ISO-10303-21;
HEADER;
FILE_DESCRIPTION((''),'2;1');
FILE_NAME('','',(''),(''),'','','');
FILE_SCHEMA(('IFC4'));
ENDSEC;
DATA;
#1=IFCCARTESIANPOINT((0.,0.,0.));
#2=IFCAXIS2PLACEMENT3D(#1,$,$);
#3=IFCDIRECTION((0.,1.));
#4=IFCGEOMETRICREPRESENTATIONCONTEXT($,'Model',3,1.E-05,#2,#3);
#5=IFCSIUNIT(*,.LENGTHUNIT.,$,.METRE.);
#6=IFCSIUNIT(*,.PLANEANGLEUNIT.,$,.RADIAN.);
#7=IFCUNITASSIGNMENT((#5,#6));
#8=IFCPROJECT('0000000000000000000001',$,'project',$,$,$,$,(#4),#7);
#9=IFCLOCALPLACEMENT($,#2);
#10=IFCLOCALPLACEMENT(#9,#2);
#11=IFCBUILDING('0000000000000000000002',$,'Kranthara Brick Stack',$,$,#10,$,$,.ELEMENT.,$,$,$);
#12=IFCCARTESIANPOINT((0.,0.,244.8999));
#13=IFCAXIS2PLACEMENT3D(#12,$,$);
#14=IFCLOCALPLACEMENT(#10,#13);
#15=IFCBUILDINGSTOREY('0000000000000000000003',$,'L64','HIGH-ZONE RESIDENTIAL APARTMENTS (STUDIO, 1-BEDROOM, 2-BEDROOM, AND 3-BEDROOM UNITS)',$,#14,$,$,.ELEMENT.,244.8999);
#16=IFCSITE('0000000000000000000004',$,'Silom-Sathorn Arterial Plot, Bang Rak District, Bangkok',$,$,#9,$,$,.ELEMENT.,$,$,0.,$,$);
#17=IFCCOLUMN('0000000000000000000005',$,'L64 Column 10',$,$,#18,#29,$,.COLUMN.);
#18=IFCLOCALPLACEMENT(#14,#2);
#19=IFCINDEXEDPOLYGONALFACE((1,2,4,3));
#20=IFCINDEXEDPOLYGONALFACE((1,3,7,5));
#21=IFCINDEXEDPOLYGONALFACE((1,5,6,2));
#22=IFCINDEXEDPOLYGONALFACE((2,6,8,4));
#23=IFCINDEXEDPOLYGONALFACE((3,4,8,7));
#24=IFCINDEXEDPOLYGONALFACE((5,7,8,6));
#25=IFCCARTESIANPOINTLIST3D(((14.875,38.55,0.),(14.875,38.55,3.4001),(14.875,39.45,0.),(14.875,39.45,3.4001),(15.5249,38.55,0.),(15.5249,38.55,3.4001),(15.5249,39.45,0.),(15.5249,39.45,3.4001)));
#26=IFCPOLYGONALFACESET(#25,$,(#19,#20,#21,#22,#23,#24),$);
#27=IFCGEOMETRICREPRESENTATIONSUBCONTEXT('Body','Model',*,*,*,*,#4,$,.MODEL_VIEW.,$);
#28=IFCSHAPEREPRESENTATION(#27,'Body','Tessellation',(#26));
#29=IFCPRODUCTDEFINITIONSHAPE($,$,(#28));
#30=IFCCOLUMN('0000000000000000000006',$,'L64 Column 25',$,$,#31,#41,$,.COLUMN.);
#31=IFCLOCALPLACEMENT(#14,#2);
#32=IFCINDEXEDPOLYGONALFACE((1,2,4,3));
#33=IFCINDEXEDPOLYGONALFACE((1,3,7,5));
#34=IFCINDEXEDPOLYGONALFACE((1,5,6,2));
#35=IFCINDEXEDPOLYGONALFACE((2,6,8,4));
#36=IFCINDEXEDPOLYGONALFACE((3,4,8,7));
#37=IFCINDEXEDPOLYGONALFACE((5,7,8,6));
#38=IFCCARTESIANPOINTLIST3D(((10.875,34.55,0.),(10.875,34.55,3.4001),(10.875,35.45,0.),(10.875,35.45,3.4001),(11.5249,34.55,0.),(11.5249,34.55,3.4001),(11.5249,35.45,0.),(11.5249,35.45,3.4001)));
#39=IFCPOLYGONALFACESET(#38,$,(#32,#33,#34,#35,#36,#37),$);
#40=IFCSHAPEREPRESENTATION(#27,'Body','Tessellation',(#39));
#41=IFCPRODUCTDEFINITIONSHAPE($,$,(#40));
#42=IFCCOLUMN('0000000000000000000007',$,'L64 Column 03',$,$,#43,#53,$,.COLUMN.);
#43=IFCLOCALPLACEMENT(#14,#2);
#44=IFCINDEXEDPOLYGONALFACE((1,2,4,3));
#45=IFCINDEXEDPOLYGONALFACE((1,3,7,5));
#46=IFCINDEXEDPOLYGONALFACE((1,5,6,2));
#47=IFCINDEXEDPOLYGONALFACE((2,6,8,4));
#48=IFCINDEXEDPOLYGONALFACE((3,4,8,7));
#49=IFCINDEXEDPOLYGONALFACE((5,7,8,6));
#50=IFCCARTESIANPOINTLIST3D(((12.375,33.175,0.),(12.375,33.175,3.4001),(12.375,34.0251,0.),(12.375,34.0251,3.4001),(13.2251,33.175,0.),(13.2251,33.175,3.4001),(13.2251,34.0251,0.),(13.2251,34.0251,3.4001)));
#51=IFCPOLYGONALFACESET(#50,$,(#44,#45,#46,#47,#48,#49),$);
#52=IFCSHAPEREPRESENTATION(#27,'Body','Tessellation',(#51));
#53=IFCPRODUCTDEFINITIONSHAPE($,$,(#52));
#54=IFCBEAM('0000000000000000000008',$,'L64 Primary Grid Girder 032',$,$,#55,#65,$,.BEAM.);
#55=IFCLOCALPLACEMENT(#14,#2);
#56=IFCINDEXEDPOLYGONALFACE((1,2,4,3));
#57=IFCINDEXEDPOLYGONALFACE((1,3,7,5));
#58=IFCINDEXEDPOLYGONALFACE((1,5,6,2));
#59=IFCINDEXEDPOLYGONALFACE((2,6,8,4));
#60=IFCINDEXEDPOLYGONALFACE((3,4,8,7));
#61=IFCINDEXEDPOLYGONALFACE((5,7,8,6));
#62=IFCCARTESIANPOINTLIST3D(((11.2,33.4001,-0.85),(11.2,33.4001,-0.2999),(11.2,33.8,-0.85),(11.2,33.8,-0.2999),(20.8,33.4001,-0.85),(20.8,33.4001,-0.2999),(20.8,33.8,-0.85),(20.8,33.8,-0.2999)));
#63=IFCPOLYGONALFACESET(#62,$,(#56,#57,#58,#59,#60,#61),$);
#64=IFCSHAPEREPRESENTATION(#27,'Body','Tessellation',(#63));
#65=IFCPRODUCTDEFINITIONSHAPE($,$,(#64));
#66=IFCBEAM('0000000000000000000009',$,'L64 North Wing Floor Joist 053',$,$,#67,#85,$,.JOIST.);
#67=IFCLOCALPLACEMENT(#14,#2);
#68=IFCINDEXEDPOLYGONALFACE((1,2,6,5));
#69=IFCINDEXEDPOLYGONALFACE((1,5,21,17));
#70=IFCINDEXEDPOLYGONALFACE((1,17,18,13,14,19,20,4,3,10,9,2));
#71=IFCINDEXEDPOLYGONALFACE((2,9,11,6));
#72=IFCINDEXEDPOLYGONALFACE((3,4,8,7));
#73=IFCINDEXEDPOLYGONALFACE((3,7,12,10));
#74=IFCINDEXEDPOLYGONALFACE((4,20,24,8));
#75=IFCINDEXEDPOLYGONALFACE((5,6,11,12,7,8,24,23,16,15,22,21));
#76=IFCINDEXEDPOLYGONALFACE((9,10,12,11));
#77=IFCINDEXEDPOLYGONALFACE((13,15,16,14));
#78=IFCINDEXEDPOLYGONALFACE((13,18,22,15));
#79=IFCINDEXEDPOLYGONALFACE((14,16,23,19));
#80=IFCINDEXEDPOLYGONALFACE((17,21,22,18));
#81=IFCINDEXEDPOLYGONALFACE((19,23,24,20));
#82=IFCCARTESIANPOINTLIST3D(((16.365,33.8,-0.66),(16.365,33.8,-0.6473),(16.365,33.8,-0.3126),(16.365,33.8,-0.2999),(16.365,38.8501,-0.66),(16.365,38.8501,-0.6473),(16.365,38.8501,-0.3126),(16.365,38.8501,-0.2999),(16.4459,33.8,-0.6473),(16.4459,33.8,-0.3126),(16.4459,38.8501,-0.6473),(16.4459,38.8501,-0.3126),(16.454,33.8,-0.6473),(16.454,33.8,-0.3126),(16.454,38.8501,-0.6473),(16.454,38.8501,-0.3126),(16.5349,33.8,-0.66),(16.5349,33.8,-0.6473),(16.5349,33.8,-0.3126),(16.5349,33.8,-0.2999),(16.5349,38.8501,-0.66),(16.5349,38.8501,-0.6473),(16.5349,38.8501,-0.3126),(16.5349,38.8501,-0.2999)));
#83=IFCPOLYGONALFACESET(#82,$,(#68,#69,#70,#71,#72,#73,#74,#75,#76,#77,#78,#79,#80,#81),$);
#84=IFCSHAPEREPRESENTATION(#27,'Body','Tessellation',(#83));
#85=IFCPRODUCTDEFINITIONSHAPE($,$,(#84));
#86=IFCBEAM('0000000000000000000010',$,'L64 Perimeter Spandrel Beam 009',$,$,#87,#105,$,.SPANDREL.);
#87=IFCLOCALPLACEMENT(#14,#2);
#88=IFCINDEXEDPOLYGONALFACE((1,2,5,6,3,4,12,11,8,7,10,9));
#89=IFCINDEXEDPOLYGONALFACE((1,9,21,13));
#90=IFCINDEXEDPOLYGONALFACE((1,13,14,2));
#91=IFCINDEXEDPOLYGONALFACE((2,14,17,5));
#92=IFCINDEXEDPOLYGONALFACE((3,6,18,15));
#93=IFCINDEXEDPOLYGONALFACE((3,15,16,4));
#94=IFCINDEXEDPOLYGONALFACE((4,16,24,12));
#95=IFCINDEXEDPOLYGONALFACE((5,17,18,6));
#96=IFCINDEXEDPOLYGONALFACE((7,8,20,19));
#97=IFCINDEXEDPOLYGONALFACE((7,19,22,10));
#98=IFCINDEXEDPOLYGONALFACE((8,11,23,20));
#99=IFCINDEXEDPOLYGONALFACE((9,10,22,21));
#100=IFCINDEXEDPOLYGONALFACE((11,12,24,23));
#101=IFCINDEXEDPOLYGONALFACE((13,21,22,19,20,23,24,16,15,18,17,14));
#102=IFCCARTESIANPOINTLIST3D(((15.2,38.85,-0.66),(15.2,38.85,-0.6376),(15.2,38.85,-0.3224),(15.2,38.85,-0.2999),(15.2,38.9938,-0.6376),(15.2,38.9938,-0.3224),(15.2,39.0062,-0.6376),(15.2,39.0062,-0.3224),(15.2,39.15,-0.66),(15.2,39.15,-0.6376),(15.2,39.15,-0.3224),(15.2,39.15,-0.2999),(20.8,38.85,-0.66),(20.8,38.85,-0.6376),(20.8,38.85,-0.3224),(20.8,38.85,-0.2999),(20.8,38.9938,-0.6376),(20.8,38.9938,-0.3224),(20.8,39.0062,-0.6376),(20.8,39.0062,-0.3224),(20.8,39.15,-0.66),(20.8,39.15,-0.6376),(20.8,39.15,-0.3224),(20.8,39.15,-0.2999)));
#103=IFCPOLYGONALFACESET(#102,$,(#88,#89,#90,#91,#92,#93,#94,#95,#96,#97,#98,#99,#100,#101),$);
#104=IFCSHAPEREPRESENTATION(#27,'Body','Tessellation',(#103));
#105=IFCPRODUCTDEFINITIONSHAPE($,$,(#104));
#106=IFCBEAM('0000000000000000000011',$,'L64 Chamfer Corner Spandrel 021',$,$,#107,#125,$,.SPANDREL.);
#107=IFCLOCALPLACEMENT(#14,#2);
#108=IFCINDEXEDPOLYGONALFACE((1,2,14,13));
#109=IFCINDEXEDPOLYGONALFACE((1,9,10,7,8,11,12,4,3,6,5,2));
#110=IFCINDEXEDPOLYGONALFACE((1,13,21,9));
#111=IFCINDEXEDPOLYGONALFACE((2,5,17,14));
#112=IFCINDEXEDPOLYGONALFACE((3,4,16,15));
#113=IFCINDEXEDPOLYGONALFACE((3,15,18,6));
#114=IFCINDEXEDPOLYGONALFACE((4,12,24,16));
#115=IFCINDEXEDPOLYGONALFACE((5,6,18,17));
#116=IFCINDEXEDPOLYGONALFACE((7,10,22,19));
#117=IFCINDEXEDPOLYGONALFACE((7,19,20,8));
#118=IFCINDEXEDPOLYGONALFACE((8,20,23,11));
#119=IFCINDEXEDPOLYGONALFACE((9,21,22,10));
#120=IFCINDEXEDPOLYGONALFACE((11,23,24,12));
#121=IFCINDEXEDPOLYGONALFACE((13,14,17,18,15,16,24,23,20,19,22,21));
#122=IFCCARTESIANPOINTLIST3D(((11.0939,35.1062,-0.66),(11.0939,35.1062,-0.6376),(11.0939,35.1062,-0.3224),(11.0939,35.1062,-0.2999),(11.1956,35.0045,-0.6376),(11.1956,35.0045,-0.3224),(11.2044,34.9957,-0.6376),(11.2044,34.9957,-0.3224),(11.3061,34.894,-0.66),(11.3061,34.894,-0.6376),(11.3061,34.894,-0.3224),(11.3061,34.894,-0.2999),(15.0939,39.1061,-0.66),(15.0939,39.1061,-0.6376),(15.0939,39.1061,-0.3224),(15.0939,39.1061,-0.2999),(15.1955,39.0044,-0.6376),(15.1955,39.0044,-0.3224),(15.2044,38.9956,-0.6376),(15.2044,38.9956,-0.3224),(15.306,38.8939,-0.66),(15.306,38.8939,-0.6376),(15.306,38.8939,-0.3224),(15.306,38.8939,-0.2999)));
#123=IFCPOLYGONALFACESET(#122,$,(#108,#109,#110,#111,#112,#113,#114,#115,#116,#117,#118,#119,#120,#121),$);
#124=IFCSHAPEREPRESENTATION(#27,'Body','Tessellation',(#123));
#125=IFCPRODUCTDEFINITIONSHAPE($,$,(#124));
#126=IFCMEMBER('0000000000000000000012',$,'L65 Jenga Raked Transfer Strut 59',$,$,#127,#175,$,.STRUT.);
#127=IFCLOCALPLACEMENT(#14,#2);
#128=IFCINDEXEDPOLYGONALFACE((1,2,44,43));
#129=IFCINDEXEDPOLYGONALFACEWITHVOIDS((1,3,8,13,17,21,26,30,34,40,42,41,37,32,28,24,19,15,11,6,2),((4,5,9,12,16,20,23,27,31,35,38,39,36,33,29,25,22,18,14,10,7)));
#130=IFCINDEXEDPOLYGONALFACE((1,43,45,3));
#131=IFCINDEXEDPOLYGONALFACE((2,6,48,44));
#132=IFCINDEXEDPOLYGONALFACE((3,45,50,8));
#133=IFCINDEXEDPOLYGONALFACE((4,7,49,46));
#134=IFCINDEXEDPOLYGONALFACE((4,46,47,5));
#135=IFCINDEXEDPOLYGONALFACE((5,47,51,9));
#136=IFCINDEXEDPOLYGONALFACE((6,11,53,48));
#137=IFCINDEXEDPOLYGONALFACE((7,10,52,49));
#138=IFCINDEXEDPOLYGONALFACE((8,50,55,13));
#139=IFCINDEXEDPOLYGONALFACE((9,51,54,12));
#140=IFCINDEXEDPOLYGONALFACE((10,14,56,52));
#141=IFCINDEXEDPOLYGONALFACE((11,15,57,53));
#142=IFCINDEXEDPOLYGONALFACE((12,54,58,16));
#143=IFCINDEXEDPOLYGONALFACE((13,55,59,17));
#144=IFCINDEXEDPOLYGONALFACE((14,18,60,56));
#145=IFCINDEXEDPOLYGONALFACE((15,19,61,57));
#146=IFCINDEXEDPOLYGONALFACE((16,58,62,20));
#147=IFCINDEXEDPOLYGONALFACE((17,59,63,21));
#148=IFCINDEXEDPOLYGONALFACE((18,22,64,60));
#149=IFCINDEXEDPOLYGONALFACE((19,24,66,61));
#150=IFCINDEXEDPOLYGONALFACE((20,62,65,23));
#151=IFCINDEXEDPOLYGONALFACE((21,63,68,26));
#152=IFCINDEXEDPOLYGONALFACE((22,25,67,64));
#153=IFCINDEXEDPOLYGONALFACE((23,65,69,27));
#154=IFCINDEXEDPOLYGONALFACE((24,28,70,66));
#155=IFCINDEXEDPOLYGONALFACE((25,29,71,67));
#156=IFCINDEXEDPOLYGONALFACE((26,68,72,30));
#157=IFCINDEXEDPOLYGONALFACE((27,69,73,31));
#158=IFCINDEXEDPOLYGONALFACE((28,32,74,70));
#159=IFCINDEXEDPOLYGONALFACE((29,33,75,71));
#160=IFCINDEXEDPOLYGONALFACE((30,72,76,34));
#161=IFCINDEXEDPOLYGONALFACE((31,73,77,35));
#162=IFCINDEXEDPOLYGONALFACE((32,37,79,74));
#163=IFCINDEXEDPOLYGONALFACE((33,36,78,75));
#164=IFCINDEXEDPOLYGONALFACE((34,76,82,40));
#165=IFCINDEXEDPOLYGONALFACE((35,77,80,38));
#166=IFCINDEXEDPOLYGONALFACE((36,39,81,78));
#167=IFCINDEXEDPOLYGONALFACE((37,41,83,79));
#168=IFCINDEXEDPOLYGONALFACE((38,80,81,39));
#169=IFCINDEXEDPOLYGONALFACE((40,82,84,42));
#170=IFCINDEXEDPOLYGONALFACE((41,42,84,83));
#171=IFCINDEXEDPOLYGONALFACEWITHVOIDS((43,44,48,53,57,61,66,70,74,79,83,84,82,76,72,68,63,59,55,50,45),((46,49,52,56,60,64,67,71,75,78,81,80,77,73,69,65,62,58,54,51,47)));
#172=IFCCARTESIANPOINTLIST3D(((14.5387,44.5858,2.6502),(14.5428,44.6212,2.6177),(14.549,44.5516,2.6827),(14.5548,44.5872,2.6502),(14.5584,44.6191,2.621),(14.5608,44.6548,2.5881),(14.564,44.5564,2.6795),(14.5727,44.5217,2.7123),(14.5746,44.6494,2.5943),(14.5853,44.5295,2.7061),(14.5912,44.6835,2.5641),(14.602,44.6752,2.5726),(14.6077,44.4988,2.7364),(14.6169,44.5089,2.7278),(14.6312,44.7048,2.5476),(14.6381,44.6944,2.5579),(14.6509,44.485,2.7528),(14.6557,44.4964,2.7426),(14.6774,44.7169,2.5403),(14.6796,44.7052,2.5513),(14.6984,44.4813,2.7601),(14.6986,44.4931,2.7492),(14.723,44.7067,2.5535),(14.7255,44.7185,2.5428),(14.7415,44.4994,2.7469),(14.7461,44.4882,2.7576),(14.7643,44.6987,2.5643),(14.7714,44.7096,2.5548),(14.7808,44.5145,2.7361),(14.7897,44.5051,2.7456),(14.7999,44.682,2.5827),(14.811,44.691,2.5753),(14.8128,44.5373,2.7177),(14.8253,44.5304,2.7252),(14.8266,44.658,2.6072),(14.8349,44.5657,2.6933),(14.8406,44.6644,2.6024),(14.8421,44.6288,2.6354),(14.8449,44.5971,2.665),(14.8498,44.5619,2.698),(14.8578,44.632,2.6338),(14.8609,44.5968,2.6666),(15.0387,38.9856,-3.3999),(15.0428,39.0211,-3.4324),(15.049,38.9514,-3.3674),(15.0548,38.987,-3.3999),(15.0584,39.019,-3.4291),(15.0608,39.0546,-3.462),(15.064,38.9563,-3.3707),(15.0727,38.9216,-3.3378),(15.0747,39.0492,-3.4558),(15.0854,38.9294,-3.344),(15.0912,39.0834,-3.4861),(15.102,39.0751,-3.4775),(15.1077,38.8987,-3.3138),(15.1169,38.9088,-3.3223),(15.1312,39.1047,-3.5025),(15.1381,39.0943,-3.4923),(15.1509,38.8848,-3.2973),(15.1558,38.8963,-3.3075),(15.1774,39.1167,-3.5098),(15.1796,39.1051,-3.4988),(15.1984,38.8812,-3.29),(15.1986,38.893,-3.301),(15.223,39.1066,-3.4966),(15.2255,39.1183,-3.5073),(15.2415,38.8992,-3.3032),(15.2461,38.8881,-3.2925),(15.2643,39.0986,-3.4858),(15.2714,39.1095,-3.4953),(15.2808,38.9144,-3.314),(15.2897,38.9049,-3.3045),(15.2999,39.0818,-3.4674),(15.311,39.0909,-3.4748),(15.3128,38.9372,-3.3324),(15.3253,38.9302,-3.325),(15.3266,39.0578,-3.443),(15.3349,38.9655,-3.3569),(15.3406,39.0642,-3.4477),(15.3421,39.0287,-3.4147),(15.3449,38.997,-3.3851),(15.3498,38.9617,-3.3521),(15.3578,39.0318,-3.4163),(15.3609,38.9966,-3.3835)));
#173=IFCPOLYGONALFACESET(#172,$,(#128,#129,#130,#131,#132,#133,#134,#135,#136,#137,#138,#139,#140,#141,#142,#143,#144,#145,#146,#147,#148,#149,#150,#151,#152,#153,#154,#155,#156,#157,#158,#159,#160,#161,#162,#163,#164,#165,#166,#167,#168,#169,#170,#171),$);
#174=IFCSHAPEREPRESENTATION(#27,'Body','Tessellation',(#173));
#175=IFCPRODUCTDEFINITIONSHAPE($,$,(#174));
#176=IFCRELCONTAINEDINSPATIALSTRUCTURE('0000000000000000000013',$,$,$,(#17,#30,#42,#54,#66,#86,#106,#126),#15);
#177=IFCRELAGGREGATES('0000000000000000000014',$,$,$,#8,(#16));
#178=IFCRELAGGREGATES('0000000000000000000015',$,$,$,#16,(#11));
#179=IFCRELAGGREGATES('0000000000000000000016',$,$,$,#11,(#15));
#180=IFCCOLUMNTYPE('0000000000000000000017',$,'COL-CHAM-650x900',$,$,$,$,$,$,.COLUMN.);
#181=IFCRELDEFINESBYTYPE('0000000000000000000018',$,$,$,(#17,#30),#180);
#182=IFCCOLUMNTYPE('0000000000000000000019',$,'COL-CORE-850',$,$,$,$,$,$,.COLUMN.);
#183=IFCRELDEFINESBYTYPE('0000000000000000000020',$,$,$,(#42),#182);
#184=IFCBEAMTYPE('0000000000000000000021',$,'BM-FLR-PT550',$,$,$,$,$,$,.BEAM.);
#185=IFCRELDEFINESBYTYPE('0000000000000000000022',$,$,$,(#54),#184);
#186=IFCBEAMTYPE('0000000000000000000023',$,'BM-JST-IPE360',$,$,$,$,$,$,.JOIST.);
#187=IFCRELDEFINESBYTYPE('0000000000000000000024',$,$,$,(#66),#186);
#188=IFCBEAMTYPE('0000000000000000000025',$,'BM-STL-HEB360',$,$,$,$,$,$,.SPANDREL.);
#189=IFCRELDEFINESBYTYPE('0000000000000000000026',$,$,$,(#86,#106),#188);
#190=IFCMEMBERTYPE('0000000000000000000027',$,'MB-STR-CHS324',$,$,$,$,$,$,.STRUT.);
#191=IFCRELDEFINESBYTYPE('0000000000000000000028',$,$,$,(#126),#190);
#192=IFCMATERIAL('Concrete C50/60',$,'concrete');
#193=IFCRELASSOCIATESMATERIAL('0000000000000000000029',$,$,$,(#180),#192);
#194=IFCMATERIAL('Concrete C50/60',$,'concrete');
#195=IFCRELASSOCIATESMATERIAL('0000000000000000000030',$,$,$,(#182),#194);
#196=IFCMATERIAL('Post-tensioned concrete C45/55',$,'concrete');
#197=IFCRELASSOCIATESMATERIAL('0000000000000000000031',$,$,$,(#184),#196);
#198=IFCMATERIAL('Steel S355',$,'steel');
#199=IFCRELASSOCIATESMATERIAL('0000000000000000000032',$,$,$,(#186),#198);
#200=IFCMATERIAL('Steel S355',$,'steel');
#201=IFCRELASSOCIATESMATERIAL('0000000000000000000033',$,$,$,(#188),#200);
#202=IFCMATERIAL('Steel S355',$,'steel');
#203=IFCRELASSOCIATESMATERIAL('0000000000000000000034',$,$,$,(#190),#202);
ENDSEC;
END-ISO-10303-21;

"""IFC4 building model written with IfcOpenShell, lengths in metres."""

from ifc_helpers import new_model, si_unit, direction, frame, origin, origin_2d, place, context, subcontext, project, spatial, rectangle, hollow_circle, i_section, extrude, material, material_profile, profile_set, type_object, element, save


model = new_model("IFC4")

# Units and contexts
model_context = context("Model", 3, precision=1e-05, world=origin(), true_north=direction((0.0, 1.0)))
body_context = subcontext(model_context, "Body", "Model", "MODEL_VIEW")
ifc_project = project(units=[si_unit("LENGTHUNIT", "METRE"), si_unit("PLANEANGLEUNIT", "RADIAN")], contexts=[model_context])

# Site, building, storey
site_placement = place(None, origin())
site = spatial("IfcSite", under=ifc_project, at=site_placement, Name="Silom-Sathorn Arterial Plot, Bang Rak District, Bangkok", CompositionType="ELEMENT", RefElevation=0.0)
building_placement = place(site_placement, origin())
building = spatial("IfcBuilding", under=site, at=building_placement, Name="Kranthara Brick Stack", CompositionType="ELEMENT")
storey_placement = place(building_placement, frame((0.0, 0.0, 244.8999)))
storey = spatial("IfcBuildingStorey", under=building, at=storey_placement, Name="L64", Description="HIGH-ZONE RESIDENTIAL APARTMENTS (STUDIO, 1-BEDROOM, 2-BEDROOM, AND 3-BEDROOM UNITS)", CompositionType="ELEMENT", Elevation=244.8999)

# Columns
ifc_material_1 = material(Name="Concrete C50/60", Category="concrete")
ifc_material_profile_1 = material_profile(ifc_material_1, rectangle(XDim=0.6499, YDim=0.8999, at=origin_2d()), Name="RC 650x900")
ifc_profile_set_1 = profile_set([ifc_material_profile_1], Name="Concrete C50/60")
column_type_1 = type_object("IfcColumnType", Name="COL-CHAM-650x900", PredefinedType="COLUMN", material=ifc_profile_set_1)
for number, where, z_axis, x_axis, name in (
    (1, (15.2, 39.0, 0.0), (0.0, 0.0, 1.0), (1.0, 0.0, 0.0), "L64 Column 10"),
    (2, (11.2, 35.0, 0.0), (0.0, 0.0, 1.0), (1.0, 0.0, 0.0), "L64 Column 25"),
):
    element("IfcColumn", number, at=place(storey_placement, frame(where, z_axis=z_axis, x_axis=x_axis)), inside=storey, type_object=column_type_1, Name=name, PredefinedType="COLUMN", context=body_context, shape_type="SweptSolid", body=[
        extrude(rectangle(XDim=0.6499, YDim=0.8999, at=origin_2d()), origin(), (0.0, 0.0, 1.0), 3.4001),
    ])
ifc_material_2 = material(Name="Concrete C50/60", Category="concrete")
ifc_material_profile_2 = material_profile(ifc_material_2, rectangle(XDim=0.8501, YDim=0.8501, at=origin_2d()), Name="RC 850x850")
ifc_profile_set_2 = profile_set([ifc_material_profile_2], Name="Concrete C50/60")
column_type_2 = type_object("IfcColumnType", Name="COL-CORE-850", PredefinedType="COLUMN", material=ifc_profile_set_2)
column_placement = place(storey_placement, frame((12.8, 33.6001, 0.0), z_axis=(0.0, 0.0, 1.0), x_axis=(1.0, 0.0, 0.0)))
element("IfcColumn", 3, at=column_placement, inside=storey, type_object=column_type_2, Name="L64 Column 03", PredefinedType="COLUMN", context=body_context, shape_type="SweptSolid", body=[
    extrude(rectangle(XDim=0.8501, YDim=0.8501, at=origin_2d()), origin(), (0.0, 0.0, 1.0), 3.4001),
])

# Beams
ifc_material_3 = material(Name="Post-tensioned concrete C45/55", Category="concrete")
ifc_material_profile_3 = material_profile(ifc_material_3, rectangle(XDim=0.3999, YDim=0.55, at=origin_2d()), Name="PT 400x550")
ifc_profile_set_3 = profile_set([ifc_material_profile_3], Name="Post-tensioned concrete C45/55")
beam_type_1 = type_object("IfcBeamType", Name="BM-FLR-PT550", PredefinedType="BEAM", material=ifc_profile_set_3)
beam_1_placement = place(storey_placement, frame((11.2, 33.6001, -0.575), z_axis=(1.0, 0.0, 0.0), x_axis=(0.0, 1.0, 0.0)))
element("IfcBeam", 4, at=beam_1_placement, inside=storey, type_object=beam_type_1, Name="L64 Primary Grid Girder 032", PredefinedType="BEAM", context=body_context, shape_type="SweptSolid", body=[
    extrude(rectangle(XDim=0.3999, YDim=0.55, at=origin_2d()), origin(), (0.0, 0.0, 1.0), 9.6001),
])
ifc_material_4 = material(Name="Steel S355", Category="steel")
ifc_material_profile_4 = material_profile(ifc_material_4, i_section(OverallWidth=0.1699, OverallDepth=0.3601, WebThickness=0.0081, FlangeThickness=0.0127, at=origin_2d()), Name="IPE 360")
ifc_profile_set_4 = profile_set([ifc_material_profile_4], Name="Steel S355")
beam_type_2 = type_object("IfcBeamType", Name="BM-JST-IPE360", PredefinedType="JOIST", material=ifc_profile_set_4)
beam_2_placement = place(storey_placement, frame((16.45, 33.8, -0.48), z_axis=(0.0, 1.0, 0.0), x_axis=(-1.0, 0.0, 0.0)))
element("IfcBeam", 5, at=beam_2_placement, inside=storey, type_object=beam_type_2, Name="L64 North Wing Floor Joist 053", PredefinedType="JOIST", context=body_context, shape_type="SweptSolid", body=[
    extrude(i_section(OverallWidth=0.1699, OverallDepth=0.3601, WebThickness=0.0081, FlangeThickness=0.0127, at=origin_2d()), origin(), (0.0, 0.0, 1.0), 5.05),
])
ifc_material_5 = material(Name="Steel S355", Category="steel")
ifc_material_profile_5 = material_profile(ifc_material_5, i_section(OverallWidth=0.3, OverallDepth=0.3601, WebThickness=0.0125, FlangeThickness=0.0225, at=origin_2d()), Name="HEB 360")
ifc_profile_set_5 = profile_set([ifc_material_profile_5], Name="Steel S355")
beam_type_3 = type_object("IfcBeamType", Name="BM-STL-HEB360", PredefinedType="SPANDREL", material=ifc_profile_set_5)
beam_3_placement = place(storey_placement, frame((15.2, 39.0, -0.48), z_axis=(1.0, 0.0, 0.0), x_axis=(0.0, 1.0, 0.0)))
element("IfcBeam", 6, at=beam_3_placement, inside=storey, type_object=beam_type_3, Name="L64 Perimeter Spandrel Beam 009", PredefinedType="SPANDREL", context=body_context, shape_type="SweptSolid", body=[
    extrude(i_section(OverallWidth=0.3, OverallDepth=0.3601, WebThickness=0.0125, FlangeThickness=0.0225, at=origin_2d()), origin(), (0.0, 0.0, 1.0), 5.6001),
])
beam_4_placement = place(storey_placement, frame((15.2, 39.0, -0.48), z_axis=(-0.707107, -0.707107, 0.0), x_axis=(0.707107, -0.707107, 0.0)))
element("IfcBeam", 7, at=beam_4_placement, inside=storey, type_object=beam_type_3, Name="L64 Chamfer Corner Spandrel 021", PredefinedType="SPANDREL", context=body_context, shape_type="SweptSolid", body=[
    extrude(i_section(OverallWidth=0.3, OverallDepth=0.3601, WebThickness=0.0125, FlangeThickness=0.0225, at=origin_2d()), origin(), (0.0, 0.0, 1.0), 5.6567),
])

# Member
ifc_material_6 = material(Name="Steel S355", Category="steel")
ifc_material_profile_6 = material_profile(ifc_material_6, hollow_circle(Radius=0.1619, WallThickness=0.0161, at=origin_2d()), Name="CHS 323.9x16")
ifc_profile_set_6 = profile_set([ifc_material_profile_6], Name="Steel S355")
member_type = type_object("IfcMemberType", Name="MB-STR-CHS324", PredefinedType="STRUT", material=ifc_profile_set_6)
member_1_placement = place(storey_placement, frame((15.2, 39.0, -3.3999), z_axis=(-0.060539, 0.678045, 0.732523), x_axis=(-0.996038, -0.08893, 0.0)))
element("IfcMember", 8, at=member_1_placement, inside=storey, type_object=member_type, Name="L65 Jenga Raked Transfer Strut 59", PredefinedType="STRUT", context=body_context, shape_type="SweptSolid", body=[
    extrude(hollow_circle(Radius=0.1619, WallThickness=0.0161, at=origin_2d()), origin(), (0.0, 0.0, 1.0), 8.2593),
])

save(model, "model.ifc")
